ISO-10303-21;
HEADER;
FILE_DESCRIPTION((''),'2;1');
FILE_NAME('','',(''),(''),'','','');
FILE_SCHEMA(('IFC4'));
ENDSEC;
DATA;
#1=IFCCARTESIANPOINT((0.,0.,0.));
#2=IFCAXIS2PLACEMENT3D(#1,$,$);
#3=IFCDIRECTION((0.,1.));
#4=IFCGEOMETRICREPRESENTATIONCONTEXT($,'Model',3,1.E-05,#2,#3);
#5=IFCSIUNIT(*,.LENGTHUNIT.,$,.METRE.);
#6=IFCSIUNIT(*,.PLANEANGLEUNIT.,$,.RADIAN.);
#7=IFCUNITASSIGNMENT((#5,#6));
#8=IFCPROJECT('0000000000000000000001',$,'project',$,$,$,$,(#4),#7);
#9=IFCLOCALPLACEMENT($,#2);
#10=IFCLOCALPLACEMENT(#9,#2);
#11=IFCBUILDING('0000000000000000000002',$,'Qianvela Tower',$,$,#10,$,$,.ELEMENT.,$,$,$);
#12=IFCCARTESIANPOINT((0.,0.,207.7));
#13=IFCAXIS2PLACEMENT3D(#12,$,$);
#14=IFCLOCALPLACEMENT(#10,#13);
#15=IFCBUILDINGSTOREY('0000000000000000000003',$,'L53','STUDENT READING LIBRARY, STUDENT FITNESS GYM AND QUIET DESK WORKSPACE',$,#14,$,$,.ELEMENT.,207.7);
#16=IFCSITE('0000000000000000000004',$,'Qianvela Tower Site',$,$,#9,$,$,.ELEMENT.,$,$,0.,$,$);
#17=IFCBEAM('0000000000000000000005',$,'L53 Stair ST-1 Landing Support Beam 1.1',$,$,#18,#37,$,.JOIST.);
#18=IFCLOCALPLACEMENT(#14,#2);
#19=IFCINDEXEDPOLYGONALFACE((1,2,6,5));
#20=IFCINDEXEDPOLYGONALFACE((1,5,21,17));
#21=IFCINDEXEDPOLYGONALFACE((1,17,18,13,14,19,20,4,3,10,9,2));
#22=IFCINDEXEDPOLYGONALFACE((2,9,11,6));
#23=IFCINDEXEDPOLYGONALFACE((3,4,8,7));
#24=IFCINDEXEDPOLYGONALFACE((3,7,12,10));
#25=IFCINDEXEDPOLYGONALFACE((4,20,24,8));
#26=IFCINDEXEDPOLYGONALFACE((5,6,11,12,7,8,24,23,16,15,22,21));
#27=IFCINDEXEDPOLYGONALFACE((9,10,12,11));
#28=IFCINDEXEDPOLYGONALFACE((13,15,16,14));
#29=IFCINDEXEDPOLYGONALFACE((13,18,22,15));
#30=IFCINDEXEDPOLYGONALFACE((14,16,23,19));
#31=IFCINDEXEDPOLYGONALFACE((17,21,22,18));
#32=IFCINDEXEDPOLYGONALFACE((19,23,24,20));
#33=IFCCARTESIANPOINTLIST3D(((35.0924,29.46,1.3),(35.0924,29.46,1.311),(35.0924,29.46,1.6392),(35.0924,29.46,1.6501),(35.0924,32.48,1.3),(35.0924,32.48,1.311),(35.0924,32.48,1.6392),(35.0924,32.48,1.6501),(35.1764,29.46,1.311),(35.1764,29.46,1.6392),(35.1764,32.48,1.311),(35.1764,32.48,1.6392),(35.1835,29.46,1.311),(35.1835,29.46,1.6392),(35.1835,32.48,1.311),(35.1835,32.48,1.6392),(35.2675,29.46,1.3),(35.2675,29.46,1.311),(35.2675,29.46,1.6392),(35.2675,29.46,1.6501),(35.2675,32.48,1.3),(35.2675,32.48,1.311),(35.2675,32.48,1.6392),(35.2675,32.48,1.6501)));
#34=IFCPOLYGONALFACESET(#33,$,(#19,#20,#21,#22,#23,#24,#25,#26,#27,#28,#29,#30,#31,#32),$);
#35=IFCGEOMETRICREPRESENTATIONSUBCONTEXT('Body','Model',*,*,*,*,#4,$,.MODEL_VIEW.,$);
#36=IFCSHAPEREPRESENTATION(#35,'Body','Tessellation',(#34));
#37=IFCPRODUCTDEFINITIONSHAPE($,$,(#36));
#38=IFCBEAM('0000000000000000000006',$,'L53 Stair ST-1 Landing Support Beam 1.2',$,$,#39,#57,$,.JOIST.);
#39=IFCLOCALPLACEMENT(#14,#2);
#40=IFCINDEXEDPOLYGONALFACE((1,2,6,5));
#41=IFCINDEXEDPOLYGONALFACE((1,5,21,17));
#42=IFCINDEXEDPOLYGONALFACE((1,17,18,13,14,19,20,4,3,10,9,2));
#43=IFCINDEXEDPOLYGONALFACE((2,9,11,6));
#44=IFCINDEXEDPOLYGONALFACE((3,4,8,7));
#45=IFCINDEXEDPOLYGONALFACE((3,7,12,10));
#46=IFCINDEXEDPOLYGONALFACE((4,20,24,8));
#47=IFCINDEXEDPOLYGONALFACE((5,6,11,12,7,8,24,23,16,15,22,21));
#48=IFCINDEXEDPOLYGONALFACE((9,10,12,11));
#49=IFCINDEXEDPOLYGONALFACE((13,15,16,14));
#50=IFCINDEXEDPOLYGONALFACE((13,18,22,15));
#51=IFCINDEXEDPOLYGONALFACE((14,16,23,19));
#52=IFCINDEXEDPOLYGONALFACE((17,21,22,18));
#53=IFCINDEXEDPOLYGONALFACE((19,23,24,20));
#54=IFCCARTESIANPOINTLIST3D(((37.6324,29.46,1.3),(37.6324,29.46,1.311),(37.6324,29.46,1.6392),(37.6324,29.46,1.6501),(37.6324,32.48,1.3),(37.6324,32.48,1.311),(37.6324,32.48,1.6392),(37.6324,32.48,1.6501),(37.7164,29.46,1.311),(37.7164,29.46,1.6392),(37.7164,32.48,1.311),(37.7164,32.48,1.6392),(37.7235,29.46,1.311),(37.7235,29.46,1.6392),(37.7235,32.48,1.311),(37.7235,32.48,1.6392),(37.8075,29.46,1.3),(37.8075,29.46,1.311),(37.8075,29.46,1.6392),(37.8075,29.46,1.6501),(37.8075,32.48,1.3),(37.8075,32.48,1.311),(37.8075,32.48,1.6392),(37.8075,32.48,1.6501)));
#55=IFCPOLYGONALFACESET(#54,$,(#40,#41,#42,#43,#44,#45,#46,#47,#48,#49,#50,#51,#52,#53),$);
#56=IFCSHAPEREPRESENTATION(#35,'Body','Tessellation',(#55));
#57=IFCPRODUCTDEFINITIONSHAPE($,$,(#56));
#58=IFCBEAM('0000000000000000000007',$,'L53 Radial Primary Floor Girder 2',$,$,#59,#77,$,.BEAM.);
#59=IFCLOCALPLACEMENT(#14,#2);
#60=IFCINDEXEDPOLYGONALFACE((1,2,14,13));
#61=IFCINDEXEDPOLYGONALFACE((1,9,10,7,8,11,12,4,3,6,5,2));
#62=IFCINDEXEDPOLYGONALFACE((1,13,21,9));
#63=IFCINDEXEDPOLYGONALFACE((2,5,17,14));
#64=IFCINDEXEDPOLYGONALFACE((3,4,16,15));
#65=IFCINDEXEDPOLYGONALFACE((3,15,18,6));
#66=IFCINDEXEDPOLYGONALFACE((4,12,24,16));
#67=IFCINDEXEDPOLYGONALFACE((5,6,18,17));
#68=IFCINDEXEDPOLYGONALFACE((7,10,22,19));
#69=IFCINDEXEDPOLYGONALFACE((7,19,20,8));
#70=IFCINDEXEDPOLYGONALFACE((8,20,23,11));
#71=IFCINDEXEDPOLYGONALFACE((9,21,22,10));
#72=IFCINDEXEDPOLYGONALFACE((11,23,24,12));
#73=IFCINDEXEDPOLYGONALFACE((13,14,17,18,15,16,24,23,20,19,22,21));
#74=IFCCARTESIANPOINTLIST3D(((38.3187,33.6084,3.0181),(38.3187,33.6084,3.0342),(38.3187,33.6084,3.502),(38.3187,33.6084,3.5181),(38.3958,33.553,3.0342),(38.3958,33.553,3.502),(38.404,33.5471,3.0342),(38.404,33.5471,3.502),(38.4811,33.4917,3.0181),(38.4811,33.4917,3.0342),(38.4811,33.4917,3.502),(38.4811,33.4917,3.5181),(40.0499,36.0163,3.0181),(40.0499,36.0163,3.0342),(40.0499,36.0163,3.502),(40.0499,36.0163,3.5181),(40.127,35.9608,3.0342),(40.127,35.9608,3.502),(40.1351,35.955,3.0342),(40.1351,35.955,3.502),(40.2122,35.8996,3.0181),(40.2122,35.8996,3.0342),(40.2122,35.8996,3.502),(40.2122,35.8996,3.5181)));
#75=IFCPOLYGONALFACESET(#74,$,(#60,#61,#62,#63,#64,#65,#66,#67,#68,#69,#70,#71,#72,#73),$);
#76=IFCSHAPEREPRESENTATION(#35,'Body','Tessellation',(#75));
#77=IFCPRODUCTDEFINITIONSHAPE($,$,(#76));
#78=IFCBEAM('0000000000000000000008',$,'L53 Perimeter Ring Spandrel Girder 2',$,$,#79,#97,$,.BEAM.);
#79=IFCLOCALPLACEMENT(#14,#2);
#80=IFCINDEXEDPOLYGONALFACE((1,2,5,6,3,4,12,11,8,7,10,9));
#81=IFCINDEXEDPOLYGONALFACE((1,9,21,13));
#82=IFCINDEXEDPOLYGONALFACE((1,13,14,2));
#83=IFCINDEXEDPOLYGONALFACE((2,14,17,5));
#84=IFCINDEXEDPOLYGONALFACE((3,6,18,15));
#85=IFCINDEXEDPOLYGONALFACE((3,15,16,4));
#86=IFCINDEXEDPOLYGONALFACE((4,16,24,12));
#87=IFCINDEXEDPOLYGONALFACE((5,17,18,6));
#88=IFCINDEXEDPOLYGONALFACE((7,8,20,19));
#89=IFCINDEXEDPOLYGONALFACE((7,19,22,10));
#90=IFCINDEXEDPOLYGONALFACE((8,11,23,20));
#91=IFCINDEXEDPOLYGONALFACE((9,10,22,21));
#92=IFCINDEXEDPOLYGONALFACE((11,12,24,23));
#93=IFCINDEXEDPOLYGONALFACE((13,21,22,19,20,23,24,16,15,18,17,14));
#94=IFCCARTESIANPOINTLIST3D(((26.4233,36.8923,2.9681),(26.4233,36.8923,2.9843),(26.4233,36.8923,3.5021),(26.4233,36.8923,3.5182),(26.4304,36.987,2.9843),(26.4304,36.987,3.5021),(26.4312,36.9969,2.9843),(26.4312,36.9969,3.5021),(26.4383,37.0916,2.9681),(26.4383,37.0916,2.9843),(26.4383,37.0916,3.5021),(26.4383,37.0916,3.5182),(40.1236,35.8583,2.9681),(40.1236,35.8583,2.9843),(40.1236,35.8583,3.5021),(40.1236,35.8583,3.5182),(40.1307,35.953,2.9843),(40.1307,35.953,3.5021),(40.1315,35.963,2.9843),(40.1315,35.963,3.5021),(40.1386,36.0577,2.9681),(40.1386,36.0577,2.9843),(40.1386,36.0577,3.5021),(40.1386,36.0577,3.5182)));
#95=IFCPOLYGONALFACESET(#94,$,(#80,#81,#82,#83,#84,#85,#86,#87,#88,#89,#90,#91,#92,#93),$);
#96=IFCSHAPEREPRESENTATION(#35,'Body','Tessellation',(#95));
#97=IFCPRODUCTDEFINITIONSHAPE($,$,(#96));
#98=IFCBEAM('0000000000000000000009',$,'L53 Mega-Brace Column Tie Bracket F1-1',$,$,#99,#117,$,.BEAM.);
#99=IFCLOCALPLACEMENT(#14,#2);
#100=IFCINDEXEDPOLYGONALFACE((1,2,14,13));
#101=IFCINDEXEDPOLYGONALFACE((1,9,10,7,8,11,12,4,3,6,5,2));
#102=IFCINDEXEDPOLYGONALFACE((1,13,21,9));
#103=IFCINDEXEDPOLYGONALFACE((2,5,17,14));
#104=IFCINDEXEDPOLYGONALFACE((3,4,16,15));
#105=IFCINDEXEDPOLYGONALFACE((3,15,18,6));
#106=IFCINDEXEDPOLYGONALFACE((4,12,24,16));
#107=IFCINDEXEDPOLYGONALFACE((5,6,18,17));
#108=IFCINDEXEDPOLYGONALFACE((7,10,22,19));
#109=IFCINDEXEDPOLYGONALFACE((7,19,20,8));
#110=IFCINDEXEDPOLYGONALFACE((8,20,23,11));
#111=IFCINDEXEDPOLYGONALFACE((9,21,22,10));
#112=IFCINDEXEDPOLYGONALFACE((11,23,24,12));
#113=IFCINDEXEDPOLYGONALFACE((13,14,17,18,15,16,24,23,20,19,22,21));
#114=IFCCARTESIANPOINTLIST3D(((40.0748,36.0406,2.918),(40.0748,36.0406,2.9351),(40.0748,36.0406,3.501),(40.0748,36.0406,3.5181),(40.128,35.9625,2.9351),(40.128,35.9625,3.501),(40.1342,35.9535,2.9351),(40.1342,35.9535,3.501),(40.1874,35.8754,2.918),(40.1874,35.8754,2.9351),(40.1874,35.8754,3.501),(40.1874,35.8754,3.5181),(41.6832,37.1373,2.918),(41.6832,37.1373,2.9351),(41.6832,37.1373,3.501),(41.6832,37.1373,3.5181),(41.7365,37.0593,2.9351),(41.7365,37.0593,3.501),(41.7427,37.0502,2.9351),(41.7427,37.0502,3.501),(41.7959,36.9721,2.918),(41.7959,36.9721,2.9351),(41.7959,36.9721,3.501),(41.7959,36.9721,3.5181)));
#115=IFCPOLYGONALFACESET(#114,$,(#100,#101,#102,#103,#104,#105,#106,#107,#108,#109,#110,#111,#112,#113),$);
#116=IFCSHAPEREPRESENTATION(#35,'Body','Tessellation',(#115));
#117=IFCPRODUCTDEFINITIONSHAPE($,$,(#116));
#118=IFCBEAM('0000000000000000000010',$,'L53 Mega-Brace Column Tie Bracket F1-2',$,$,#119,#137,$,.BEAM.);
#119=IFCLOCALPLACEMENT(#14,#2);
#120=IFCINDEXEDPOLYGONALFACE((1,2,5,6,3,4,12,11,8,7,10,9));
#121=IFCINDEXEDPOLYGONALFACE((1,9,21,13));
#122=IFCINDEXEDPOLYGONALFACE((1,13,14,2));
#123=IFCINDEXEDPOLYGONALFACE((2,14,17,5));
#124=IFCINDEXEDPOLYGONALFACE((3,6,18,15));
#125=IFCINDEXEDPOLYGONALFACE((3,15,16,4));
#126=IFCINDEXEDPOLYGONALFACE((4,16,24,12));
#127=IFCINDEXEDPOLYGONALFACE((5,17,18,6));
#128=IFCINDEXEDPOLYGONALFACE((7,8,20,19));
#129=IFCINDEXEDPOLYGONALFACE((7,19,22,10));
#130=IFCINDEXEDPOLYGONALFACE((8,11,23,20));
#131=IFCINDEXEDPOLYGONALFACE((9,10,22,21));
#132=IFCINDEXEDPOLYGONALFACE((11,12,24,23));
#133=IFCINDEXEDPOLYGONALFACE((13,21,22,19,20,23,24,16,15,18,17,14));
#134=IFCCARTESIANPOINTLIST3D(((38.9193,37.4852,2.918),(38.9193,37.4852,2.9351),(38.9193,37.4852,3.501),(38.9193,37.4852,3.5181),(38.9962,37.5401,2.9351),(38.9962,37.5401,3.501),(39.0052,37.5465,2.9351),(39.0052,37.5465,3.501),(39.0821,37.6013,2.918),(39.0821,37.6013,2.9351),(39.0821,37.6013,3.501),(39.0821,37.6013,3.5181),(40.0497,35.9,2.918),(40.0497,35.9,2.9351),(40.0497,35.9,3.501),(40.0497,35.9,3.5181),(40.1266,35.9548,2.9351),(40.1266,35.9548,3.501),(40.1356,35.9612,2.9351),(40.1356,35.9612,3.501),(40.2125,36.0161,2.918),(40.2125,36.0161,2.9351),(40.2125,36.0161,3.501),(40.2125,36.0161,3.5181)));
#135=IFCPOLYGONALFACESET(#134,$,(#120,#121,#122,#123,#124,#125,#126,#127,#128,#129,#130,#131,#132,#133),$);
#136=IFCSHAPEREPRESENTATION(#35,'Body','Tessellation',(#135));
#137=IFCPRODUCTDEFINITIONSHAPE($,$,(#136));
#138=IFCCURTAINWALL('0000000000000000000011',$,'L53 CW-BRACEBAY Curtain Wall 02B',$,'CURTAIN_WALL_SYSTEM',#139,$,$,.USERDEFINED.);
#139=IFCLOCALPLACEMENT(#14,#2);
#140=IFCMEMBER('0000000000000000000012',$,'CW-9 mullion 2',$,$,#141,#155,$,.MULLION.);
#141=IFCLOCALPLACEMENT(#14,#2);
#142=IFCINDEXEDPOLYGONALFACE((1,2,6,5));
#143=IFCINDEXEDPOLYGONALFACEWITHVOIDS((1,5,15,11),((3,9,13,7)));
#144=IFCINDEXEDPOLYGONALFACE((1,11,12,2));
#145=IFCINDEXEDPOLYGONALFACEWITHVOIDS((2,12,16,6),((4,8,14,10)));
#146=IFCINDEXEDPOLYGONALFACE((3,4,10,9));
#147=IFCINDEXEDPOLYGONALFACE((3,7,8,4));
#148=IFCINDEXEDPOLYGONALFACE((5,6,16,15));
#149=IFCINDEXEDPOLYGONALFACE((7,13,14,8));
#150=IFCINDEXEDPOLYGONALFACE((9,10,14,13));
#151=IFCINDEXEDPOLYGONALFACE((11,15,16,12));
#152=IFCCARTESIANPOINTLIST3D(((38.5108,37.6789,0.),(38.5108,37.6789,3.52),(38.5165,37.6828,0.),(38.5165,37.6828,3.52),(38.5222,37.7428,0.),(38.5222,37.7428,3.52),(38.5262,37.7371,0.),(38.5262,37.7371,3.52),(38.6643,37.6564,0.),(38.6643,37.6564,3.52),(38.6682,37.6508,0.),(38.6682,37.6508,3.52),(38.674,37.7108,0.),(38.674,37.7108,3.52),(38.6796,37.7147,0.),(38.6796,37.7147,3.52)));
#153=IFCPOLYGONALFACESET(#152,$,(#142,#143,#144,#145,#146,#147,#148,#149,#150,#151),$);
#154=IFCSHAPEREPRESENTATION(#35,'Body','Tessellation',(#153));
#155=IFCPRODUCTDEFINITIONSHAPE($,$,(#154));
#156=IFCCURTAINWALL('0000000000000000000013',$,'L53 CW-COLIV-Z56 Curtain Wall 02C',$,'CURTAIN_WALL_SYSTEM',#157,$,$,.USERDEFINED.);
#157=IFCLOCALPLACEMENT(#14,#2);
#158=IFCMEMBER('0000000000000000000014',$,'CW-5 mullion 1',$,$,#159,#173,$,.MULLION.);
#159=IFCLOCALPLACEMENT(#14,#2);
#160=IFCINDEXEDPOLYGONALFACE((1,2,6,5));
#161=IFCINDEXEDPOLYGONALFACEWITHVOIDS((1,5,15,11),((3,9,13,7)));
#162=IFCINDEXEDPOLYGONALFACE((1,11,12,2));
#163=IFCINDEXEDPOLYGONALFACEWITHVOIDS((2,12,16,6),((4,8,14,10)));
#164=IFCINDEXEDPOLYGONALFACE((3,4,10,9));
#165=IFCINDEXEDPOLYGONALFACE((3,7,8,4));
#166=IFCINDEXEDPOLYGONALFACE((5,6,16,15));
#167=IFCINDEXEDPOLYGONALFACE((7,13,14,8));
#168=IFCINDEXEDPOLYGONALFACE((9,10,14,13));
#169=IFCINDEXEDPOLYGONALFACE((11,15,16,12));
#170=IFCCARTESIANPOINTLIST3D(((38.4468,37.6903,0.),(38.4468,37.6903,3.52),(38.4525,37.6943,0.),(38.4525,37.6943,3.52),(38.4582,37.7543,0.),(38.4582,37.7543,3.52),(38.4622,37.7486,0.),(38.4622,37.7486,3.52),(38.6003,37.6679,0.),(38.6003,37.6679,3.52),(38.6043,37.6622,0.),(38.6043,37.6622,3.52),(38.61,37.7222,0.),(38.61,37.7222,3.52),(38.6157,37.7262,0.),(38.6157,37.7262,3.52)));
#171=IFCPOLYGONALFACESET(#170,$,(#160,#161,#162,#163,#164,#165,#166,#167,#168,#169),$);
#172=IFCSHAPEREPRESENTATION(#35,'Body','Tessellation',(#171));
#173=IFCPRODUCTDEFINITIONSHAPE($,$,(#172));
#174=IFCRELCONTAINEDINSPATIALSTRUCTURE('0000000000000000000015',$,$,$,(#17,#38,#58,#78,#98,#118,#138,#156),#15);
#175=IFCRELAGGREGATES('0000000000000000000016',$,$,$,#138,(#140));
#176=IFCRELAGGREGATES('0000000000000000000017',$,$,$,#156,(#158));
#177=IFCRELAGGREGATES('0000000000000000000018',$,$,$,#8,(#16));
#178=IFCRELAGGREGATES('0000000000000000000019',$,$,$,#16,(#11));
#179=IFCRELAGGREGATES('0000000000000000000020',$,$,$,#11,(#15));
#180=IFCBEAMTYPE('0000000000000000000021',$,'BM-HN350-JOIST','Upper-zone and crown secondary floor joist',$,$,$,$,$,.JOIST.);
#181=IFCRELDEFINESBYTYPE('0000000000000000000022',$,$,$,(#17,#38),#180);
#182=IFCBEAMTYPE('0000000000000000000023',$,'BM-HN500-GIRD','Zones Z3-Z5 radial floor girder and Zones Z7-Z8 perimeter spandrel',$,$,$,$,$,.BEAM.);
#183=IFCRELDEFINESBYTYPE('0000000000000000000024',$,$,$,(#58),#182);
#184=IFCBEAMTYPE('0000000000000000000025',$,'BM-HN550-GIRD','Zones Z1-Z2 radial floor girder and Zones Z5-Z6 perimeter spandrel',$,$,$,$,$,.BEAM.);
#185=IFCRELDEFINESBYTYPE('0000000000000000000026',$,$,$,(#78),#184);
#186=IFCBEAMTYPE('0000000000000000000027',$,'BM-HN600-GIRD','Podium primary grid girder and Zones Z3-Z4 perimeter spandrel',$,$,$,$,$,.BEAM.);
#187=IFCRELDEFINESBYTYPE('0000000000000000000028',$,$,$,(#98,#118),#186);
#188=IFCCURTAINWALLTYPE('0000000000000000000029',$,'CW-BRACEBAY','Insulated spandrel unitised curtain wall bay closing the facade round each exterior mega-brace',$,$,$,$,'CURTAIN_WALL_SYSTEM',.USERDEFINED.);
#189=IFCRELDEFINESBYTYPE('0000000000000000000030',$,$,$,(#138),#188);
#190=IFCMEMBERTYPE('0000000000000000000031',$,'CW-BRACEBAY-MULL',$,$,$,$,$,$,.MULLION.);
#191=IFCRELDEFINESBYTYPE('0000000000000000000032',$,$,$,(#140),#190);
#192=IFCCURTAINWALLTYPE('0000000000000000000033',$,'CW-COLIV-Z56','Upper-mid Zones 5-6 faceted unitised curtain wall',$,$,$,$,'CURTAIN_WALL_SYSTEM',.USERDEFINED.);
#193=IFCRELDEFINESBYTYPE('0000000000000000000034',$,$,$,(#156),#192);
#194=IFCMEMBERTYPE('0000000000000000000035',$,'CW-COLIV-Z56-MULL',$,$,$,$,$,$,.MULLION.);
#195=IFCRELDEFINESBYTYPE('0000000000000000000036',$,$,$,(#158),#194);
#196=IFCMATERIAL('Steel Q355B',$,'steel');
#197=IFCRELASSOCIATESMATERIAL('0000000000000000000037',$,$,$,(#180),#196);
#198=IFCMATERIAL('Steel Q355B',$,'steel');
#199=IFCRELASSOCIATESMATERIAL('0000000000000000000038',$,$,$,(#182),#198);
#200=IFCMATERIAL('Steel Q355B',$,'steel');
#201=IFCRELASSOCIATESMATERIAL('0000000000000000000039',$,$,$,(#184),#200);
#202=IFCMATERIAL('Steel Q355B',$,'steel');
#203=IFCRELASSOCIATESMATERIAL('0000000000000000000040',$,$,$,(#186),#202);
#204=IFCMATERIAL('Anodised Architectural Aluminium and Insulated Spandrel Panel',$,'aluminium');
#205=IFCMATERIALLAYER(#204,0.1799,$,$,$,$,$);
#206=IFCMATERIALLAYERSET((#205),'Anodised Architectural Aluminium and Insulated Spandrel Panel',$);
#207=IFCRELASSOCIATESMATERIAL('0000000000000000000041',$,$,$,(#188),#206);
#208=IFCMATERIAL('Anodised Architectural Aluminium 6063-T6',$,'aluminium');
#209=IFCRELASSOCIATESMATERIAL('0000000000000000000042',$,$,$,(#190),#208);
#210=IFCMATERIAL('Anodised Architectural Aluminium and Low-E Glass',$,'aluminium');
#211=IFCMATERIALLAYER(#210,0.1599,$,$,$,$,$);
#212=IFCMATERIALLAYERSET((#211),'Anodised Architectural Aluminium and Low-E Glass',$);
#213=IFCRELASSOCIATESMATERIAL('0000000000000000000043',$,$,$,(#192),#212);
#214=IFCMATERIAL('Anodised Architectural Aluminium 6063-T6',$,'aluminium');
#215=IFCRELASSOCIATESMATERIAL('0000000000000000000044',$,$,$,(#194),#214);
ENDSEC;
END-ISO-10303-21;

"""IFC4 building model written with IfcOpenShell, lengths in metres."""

from ifc_helpers import new_model, si_unit, direction, frame, origin, origin_2d, place, context, subcontext, project, spatial, hollow_rectangle, i_section, extrude, material, layer, layer_set, material_profile, profile_set, type_object, element, aggregate, save


model = new_model("IFC4")

# Units and contexts
model_context = context("Model", 3, precision=1e-05, world=origin(), true_north=direction((0.0, 1.0)))
body_context = subcontext(model_context, "Body", "Model", "MODEL_VIEW")
ifc_project = project(units=[si_unit("LENGTHUNIT", "METRE"), si_unit("PLANEANGLEUNIT", "RADIAN")], contexts=[model_context])

# Site, building, storey
site_placement = place(None, origin())
site = spatial("IfcSite", under=ifc_project, at=site_placement, Name="Qianvela Tower Site", CompositionType="ELEMENT", RefElevation=0.0)
building_placement = place(site_placement, origin())
building = spatial("IfcBuilding", under=site, at=building_placement, Name="Qianvela Tower", CompositionType="ELEMENT")
storey_placement = place(building_placement, frame((0.0, 0.0, 207.7)))
storey = spatial("IfcBuildingStorey", under=building, at=storey_placement, Name="L53", Description="STUDENT READING LIBRARY, STUDENT FITNESS GYM AND QUIET DESK WORKSPACE", CompositionType="ELEMENT", Elevation=207.7)

# Beams
ifc_material_1 = material(Name="Steel Q355B", Category="steel")
ifc_material_profile_1 = material_profile(ifc_material_1, i_section(OverallWidth=0.175, OverallDepth=0.3501, WebThickness=0.0071, FlangeThickness=0.011, at=origin_2d()), Name="HN350x175x7x11")
ifc_profile_set_1 = profile_set([ifc_material_profile_1], Name="Steel Q355B")
beam_type_1 = type_object("IfcBeamType", Name="BM-HN350-JOIST", Description="Upper-zone and crown secondary floor joist", PredefinedType="JOIST", material=ifc_profile_set_1)
for number, where, z_axis, x_axis, name in (
    (1, (35.1799, 29.46, 1.4751), (0.0, 1.0, 0.0), (-1.0, 0.0, 0.0), "L53 Stair ST-1 Landing Support Beam 1.1"),
    (2, (37.72, 29.46, 1.4751), (0.0, 1.0, 0.0), (-1.0, 0.0, 0.0), "L53 Stair ST-1 Landing Support Beam 1.2"),
):
    element("IfcBeam", number, at=place(storey_placement, frame(where, z_axis=z_axis, x_axis=x_axis)), inside=storey, type_object=beam_type_1, Name=name, PredefinedType="JOIST", context=body_context, shape_type="SweptSolid", body=[
        extrude(i_section(OverallWidth=0.175, OverallDepth=0.3501, WebThickness=0.0071, FlangeThickness=0.011, at=origin_2d()), origin(), (0.0, 0.0, 1.0), 3.02),
    ])
ifc_material_2 = material(Name="Steel Q355B", Category="steel")
ifc_material_profile_2 = material_profile(ifc_material_2, i_section(OverallWidth=0.2, OverallDepth=0.5, WebThickness=0.01, FlangeThickness=0.0161, at=origin_2d()), Name="HN500x200x10x16")
ifc_profile_set_2 = profile_set([ifc_material_profile_2], Name="Steel Q355B")
beam_type_2 = type_object("IfcBeamType", Name="BM-HN500-GIRD", Description="Zones Z3-Z5 radial floor girder and Zones Z7-Z8 perimeter spandrel", PredefinedType="BEAM", material=ifc_profile_set_2)
beam_1_placement = place(storey_placement, frame((38.3999, 33.55, 3.2681), z_axis=(0.583743, 0.811939, 0.0), x_axis=(-0.811939, 0.583743, 0.0)))
element("IfcBeam", 3, at=beam_1_placement, inside=storey, type_object=beam_type_2, Name="L53 Radial Primary Floor Girder 2", PredefinedType="BEAM", context=body_context, shape_type="SweptSolid", body=[
    extrude(i_section(OverallWidth=0.2, OverallDepth=0.5, WebThickness=0.01, FlangeThickness=0.0161, at=origin_2d()), origin(), (0.0, 0.0, 1.0), 2.9656),
])
ifc_material_3 = material(Name="Steel Q355B", Category="steel")
ifc_material_profile_3 = material_profile(ifc_material_3, i_section(OverallWidth=0.2, OverallDepth=0.55, WebThickness=0.01, FlangeThickness=0.0161, at=origin_2d()), Name="HN550x200x10x16")
ifc_profile_set_3 = profile_set([ifc_material_profile_3], Name="Steel Q355B")
beam_type_3 = type_object("IfcBeamType", Name="BM-HN550-GIRD", Description="Zones Z1-Z2 radial floor girder and Zones Z5-Z6 perimeter spandrel", PredefinedType="BEAM", material=ifc_profile_set_3)
beam_2_placement = place(storey_placement, frame((40.1311, 35.958, 3.2432), z_axis=(-0.997164, 0.075255, 0.0), x_axis=(-0.075255, -0.997164, 0.0)))
element("IfcBeam", 4, at=beam_2_placement, inside=storey, type_object=beam_type_3, Name="L53 Perimeter Ring Spandrel Girder 2", PredefinedType="BEAM", context=body_context, shape_type="SweptSolid", body=[
    extrude(i_section(OverallWidth=0.2, OverallDepth=0.55, WebThickness=0.01, FlangeThickness=0.0161, at=origin_2d()), origin(), (0.0, 0.0, 1.0), 13.7393),
])
ifc_material_4 = material(Name="Steel Q355B", Category="steel")
ifc_material_profile_4 = material_profile(ifc_material_4, i_section(OverallWidth=0.2, OverallDepth=0.6001, WebThickness=0.011, FlangeThickness=0.0171, at=origin_2d()), Name="HN600x200x11x17")
ifc_profile_set_4 = profile_set([ifc_material_profile_4], Name="Steel Q355B")
beam_type_4 = type_object("IfcBeamType", Name="BM-HN600-GIRD", Description="Podium primary grid girder and Zones Z3-Z4 perimeter spandrel", PredefinedType="BEAM", material=ifc_profile_set_4)
beam_3_placement = place(storey_placement, frame((40.1311, 35.958, 3.218), z_axis=(0.826217, 0.563352, 0.0), x_axis=(-0.563352, 0.826217, 0.0)))
element("IfcBeam", 5, at=beam_3_placement, inside=storey, type_object=beam_type_4, Name="L53 Mega-Brace Column Tie Bracket F1-1", PredefinedType="BEAM", context=body_context, shape_type="SweptSolid", body=[
    extrude(i_section(OverallWidth=0.2, OverallDepth=0.6001, WebThickness=0.011, FlangeThickness=0.0171, at=origin_2d()), origin(), (0.0, 0.0, 1.0), 1.9468),
])
beam_4_placement = place(storey_placement, frame((40.1311, 35.958, 3.218), z_axis=(-0.580586, 0.814199, 0.0), x_axis=(-0.814199, -0.580586, 0.0)))
element("IfcBeam", 6, at=beam_4_placement, inside=storey, type_object=beam_type_4, Name="L53 Mega-Brace Column Tie Bracket F1-2", PredefinedType="BEAM", context=body_context, shape_type="SweptSolid", body=[
    extrude(i_section(OverallWidth=0.2, OverallDepth=0.6001, WebThickness=0.011, FlangeThickness=0.0171, at=origin_2d()), origin(), (0.0, 0.0, 1.0), 1.947),
])

# Curtain wall, member
ifc_material_5 = material(Name="Anodised Architectural Aluminium and Insulated Spandrel Panel", Category="aluminium")
ifc_layer_1 = layer(ifc_material_5, 0.1799)
ifc_layer_set_1 = layer_set([ifc_layer_1], Name="Anodised Architectural Aluminium and Insulated Spandrel Panel")
curtain_wall_type_1 = type_object("IfcCurtainWallType", Name="CW-BRACEBAY", Description="Insulated spandrel unitised curtain wall bay closing the facade round each exterior mega-brace", ElementType="CURTAIN_WALL_SYSTEM", PredefinedType="USERDEFINED", material=ifc_layer_set_1)
curtain_wall_1_placement = place(storey_placement, origin())
curtain_wall_1 = element("IfcCurtainWall", 7, at=curtain_wall_1_placement, inside=storey, type_object=curtain_wall_type_1, Name="L53 CW-BRACEBAY Curtain Wall 02B", ObjectType="CURTAIN_WALL_SYSTEM", PredefinedType="USERDEFINED")
ifc_material_6 = material(Name="Anodised Architectural Aluminium 6063-T6", Category="aluminium")
ifc_material_profile_5 = material_profile(ifc_material_6, hollow_rectangle(XDim=0.0649, YDim=0.1599, WallThickness=0.0049, at=origin_2d()), Name="ALU-MULL-65x160")
ifc_profile_set_5 = profile_set([ifc_material_profile_5], Name="Anodised Architectural Aluminium 6063-T6")
member_type_1 = type_object("IfcMemberType", Name="CW-BRACEBAY-MULL", PredefinedType="MULLION", material=ifc_profile_set_5)
member_1_placement = place(storey_placement, frame((38.5952, 37.6968, 0.0), z_axis=(0.0, 0.0, 1.0), x_axis=(-0.175595, -0.984462, 0.0)))
member_1 = element("IfcMember", 8, at=member_1_placement, type_object=member_type_1, Name="CW-9 mullion 2", PredefinedType="MULLION", context=body_context, shape_type="SweptSolid", body=[
    extrude(hollow_rectangle(XDim=0.0649, YDim=0.1599, WallThickness=0.0049, at=origin_2d()), origin(), (0.0, 0.0, 1.0), 3.52),
])

# Curtain wall, member
ifc_material_7 = material(Name="Anodised Architectural Aluminium and Low-E Glass", Category="aluminium")
ifc_layer_2 = layer(ifc_material_7, 0.1599)
ifc_layer_set_2 = layer_set([ifc_layer_2], Name="Anodised Architectural Aluminium and Low-E Glass")
curtain_wall_type_2 = type_object("IfcCurtainWallType", Name="CW-COLIV-Z56", Description="Upper-mid Zones 5-6 faceted unitised curtain wall", ElementType="CURTAIN_WALL_SYSTEM", PredefinedType="USERDEFINED", material=ifc_layer_set_2)
curtain_wall_2_placement = place(storey_placement, origin())
curtain_wall_2 = element("IfcCurtainWall", 9, at=curtain_wall_2_placement, inside=storey, type_object=curtain_wall_type_2, Name="L53 CW-COLIV-Z56 Curtain Wall 02C", ObjectType="CURTAIN_WALL_SYSTEM", PredefinedType="USERDEFINED")
ifc_material_8 = material(Name="Anodised Architectural Aluminium 6063-T6", Category="aluminium")
ifc_material_profile_6 = material_profile(ifc_material_8, hollow_rectangle(XDim=0.0649, YDim=0.1599, WallThickness=0.0049, at=origin_2d()), Name="ALU-MULL-65x160")
ifc_profile_set_6 = profile_set([ifc_material_profile_6], Name="Anodised Architectural Aluminium 6063-T6")
member_type_2 = type_object("IfcMemberType", Name="CW-COLIV-Z56-MULL", PredefinedType="MULLION", material=ifc_profile_set_6)
member_2_placement = place(storey_placement, frame((38.5312, 37.7083, 0.0), z_axis=(0.0, 0.0, 1.0), x_axis=(-0.175586, -0.984464, 0.0)))
member_2 = element("IfcMember", 10, at=member_2_placement, type_object=member_type_2, Name="CW-5 mullion 1", PredefinedType="MULLION", context=body_context, shape_type="SweptSolid", body=[
    extrude(hollow_rectangle(XDim=0.0649, YDim=0.1599, WallThickness=0.0049, at=origin_2d()), origin(), (0.0, 0.0, 1.0), 3.52),
])

aggregate(curtain_wall_1, [member_1])
aggregate(curtain_wall_2, [member_2])

save(model, "model.ifc")
